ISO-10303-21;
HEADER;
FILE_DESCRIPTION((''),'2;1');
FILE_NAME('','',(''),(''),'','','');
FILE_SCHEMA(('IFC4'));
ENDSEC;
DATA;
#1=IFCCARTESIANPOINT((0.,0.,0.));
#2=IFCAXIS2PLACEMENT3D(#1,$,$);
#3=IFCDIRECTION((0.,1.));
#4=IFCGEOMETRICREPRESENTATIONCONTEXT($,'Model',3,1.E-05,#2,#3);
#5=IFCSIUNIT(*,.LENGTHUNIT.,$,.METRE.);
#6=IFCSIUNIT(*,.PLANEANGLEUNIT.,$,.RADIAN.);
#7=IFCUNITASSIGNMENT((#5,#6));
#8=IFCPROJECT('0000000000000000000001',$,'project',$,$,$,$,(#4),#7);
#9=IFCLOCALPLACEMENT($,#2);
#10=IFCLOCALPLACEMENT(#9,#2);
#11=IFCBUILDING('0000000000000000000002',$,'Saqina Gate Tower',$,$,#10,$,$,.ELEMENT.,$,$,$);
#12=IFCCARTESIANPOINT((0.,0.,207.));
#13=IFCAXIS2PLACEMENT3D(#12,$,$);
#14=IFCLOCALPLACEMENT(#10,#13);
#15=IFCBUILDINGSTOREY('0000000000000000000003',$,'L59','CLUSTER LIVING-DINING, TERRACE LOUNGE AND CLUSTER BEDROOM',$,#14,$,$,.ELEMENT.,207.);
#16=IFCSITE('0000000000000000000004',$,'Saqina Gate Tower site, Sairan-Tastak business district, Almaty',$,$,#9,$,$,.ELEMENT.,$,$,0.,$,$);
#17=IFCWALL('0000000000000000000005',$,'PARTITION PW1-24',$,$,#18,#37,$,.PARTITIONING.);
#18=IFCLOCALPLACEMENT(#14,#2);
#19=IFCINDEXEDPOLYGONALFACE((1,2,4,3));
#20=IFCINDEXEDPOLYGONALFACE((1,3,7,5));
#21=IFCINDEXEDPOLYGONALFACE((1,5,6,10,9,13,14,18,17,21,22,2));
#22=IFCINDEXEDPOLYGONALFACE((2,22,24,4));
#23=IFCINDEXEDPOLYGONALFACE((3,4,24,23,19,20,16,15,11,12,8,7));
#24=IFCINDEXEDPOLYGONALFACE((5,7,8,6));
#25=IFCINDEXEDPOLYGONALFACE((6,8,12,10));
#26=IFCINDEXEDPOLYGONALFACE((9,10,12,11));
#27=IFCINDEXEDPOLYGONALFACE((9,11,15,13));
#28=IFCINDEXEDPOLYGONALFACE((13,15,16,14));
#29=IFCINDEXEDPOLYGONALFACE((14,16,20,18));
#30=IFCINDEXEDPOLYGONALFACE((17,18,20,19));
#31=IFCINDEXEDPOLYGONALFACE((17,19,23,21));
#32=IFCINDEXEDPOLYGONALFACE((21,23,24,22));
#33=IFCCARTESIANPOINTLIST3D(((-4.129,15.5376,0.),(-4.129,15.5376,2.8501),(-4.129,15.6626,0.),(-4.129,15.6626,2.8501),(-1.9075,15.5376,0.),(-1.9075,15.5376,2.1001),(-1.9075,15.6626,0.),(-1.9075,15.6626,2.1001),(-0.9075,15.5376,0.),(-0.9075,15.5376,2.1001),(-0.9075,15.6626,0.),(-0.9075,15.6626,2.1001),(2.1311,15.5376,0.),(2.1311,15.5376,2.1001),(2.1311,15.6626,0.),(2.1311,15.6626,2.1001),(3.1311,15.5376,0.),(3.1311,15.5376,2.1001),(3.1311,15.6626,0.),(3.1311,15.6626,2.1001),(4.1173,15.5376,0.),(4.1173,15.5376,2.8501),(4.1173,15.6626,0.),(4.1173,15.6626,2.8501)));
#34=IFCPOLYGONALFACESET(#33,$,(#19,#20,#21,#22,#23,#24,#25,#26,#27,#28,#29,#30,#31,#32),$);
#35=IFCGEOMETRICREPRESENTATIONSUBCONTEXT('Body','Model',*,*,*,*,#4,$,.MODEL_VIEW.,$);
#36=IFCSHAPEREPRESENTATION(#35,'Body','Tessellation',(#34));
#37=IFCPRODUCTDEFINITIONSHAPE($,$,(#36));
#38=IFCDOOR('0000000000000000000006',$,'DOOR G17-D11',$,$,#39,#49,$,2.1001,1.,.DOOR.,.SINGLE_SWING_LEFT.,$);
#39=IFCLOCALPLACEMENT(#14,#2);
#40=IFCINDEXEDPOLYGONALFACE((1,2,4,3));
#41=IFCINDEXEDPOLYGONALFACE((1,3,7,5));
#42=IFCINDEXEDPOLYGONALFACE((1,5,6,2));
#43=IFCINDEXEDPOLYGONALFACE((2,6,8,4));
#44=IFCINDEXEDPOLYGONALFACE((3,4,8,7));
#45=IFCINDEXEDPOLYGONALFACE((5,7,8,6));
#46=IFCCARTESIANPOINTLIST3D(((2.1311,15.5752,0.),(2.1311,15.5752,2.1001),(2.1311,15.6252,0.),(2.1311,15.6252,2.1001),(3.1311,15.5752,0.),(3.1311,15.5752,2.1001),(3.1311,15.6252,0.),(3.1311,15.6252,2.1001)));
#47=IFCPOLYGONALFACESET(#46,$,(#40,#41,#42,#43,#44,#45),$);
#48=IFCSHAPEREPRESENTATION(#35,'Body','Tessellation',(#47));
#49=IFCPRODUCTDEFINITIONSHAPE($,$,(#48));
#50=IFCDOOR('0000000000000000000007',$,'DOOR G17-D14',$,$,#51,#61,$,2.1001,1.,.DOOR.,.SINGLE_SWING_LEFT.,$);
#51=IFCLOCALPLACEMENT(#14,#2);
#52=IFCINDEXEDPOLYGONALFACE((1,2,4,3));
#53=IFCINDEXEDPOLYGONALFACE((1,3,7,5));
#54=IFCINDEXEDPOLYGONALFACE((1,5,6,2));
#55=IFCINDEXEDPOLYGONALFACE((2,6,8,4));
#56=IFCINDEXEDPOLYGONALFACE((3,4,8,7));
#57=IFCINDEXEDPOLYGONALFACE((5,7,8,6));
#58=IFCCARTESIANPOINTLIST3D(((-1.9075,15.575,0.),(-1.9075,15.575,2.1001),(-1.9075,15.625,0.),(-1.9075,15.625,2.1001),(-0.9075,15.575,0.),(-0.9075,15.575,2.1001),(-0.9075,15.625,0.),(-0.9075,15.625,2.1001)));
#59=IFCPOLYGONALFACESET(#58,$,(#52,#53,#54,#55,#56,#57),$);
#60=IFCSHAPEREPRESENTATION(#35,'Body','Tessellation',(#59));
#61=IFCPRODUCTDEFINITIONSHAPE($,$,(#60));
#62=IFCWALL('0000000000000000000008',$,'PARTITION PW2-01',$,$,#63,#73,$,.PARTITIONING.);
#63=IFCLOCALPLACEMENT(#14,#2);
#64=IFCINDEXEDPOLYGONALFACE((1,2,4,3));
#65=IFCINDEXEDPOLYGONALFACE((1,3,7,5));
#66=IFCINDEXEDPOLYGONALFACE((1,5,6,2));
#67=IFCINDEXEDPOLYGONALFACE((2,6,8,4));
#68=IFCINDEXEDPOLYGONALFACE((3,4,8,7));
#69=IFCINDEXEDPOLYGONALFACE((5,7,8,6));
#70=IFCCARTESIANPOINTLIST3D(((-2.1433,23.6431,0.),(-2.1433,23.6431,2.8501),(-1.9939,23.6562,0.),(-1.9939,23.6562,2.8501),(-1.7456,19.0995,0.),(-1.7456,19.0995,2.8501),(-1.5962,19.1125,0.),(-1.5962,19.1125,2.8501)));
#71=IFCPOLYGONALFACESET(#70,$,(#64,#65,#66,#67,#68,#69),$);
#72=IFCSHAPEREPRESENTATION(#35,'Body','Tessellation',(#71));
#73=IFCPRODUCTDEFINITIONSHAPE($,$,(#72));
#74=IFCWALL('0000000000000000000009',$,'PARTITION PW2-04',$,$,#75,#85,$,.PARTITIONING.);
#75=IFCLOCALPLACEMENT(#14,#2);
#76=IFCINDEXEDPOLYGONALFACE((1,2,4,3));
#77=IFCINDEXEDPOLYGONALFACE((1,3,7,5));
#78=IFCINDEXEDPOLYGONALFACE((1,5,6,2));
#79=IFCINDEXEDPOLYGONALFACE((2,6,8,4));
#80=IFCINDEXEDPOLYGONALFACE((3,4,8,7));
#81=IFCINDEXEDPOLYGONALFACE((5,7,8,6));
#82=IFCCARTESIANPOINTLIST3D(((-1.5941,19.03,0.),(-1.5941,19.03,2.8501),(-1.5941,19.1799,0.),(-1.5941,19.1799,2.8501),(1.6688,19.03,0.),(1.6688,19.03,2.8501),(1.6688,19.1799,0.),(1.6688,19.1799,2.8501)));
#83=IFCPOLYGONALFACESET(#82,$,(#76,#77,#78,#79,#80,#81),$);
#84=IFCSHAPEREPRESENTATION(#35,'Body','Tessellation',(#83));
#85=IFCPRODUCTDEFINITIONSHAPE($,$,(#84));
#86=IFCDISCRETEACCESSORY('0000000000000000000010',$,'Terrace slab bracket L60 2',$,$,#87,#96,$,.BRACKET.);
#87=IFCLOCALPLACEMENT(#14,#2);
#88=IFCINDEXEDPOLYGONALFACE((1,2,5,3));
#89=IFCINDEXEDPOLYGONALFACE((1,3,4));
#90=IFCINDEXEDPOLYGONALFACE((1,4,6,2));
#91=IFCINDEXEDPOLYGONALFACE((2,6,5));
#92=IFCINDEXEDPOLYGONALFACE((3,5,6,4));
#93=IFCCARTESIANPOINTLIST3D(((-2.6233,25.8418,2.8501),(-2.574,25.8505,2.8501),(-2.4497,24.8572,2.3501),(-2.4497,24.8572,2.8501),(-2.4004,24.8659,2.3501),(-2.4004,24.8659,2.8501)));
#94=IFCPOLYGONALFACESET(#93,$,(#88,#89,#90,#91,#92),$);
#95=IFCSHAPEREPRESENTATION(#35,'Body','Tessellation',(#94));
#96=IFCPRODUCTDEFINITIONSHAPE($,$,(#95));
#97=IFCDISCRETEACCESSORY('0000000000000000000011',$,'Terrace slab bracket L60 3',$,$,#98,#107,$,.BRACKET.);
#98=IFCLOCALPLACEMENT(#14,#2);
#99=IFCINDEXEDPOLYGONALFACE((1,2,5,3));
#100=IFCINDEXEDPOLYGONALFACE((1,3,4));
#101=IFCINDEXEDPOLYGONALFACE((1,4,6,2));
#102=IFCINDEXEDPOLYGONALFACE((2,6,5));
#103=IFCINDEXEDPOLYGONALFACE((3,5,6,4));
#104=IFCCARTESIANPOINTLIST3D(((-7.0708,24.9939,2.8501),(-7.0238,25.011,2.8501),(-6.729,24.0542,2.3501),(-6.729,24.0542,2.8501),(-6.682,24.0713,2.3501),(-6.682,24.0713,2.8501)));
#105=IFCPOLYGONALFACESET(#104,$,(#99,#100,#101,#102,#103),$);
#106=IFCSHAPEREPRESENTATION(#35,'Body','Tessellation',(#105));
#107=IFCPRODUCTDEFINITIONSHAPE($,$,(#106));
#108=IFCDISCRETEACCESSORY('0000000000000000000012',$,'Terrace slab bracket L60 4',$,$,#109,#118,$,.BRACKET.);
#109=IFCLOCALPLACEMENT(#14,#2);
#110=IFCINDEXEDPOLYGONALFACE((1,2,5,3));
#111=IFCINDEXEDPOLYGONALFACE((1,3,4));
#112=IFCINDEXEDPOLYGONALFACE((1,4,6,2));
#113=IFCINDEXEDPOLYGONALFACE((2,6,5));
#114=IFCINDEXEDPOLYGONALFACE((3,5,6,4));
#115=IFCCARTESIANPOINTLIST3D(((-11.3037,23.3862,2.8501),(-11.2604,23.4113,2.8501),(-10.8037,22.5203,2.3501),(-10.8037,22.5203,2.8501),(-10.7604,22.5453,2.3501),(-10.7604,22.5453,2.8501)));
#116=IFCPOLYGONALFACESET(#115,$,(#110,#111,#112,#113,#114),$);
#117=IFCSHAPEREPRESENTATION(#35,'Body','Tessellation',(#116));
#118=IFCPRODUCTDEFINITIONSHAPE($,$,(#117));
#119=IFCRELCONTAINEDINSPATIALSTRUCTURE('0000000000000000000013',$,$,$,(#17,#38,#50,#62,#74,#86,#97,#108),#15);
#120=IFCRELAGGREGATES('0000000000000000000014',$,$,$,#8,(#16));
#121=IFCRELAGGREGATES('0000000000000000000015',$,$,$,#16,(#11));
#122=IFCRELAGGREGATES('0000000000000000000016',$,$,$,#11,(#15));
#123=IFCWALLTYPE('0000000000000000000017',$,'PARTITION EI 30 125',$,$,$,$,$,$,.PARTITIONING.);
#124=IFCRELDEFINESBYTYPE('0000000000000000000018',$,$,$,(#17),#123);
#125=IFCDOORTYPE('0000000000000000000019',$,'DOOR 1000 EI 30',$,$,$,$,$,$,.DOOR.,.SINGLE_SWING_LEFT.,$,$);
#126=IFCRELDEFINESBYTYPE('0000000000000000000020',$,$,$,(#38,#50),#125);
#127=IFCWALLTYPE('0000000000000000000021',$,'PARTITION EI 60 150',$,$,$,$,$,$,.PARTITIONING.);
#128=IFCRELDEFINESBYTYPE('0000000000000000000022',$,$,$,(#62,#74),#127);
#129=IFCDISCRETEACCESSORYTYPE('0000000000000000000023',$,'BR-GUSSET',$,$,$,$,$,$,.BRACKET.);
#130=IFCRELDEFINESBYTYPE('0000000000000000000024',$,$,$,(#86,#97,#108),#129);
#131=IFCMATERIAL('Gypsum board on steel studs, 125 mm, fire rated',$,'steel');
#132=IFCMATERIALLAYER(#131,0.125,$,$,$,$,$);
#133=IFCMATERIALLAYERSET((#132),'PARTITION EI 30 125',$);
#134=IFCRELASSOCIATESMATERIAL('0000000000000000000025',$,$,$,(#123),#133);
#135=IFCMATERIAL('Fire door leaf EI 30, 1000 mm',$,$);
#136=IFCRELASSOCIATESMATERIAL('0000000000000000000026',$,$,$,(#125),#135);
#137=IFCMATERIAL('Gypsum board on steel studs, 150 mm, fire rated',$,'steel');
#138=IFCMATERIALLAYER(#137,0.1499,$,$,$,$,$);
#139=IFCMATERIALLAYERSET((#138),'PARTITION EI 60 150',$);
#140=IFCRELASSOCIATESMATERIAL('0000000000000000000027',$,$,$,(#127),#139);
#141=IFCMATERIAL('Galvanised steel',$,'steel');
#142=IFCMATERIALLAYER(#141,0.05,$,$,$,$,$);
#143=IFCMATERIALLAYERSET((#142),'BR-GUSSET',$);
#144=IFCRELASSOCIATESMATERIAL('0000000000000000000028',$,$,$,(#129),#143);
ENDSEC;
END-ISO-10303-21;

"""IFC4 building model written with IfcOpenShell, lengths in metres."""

from ifc_helpers import new_model, si_unit, direction, frame, frame_2d, origin, place, context, subcontext, project, spatial, polyline, rectangle, outline, extrude, material, layer, layer_set, type_object, element, fill, save


model = new_model("IFC4")

# Units and contexts
model_context = context("Model", 3, precision=1e-05, world=origin(), true_north=direction((0.0, 1.0)))
body_context = subcontext(model_context, "Body", "Model", "MODEL_VIEW")
ifc_project = project(units=[si_unit("LENGTHUNIT", "METRE"), si_unit("PLANEANGLEUNIT", "RADIAN")], contexts=[model_context])

# Site, building, storey
site_placement = place(None, origin())
site = spatial("IfcSite", under=ifc_project, at=site_placement, Name="Saqina Gate Tower site, Sairan-Tastak business district, Almaty", CompositionType="ELEMENT", RefElevation=0.0)
building_placement = place(site_placement, origin())
building = spatial("IfcBuilding", under=site, at=building_placement, Name="Saqina Gate Tower", CompositionType="ELEMENT")
storey_placement = place(building_placement, frame((0.0, 0.0, 207.0)))
storey = spatial("IfcBuildingStorey", under=building, at=storey_placement, Name="L59", Description="CLUSTER LIVING-DINING, TERRACE LOUNGE AND CLUSTER BEDROOM", CompositionType="ELEMENT", Elevation=207.0)

# Shared definitions
ifc_material_1 = material(Name="Gypsum board on steel studs, 125 mm, fire rated", Category="steel")
ifc_layer_1 = layer(ifc_material_1, 0.125)
ifc_layer_set_1 = layer_set([ifc_layer_1], Name="PARTITION EI 30 125")
wall_type_1 = type_object("IfcWallType", Name="PARTITION EI 30 125", PredefinedType="PARTITIONING", material=ifc_layer_set_1)

# Wall, openings, doors
wall_1_placement = place(storey_placement, frame((-4.1289, 15.6001, 0.0), z_axis=(0.0, 0.0, 1.0), x_axis=(1.0, 0.0, 0.0)))
wall_1 = element("IfcWall", 1, at=wall_1_placement, inside=storey, type_object=wall_type_1, Name="PARTITION PW1-24", PredefinedType="PARTITIONING", context=body_context, shape_type="SweptSolid", body=[
    extrude(rectangle(XDim=8.2463, YDim=0.125, at=frame_2d((4.123, 0.0))), origin(), (0.0, 0.0, 1.0), 2.8501),
])
opening_1_placement = place(wall_1_placement, frame((6.26, 0.0, 0.0)))
opening_1 = element("IfcOpeningElement", 2, at=opening_1_placement, cuts=wall_1, PredefinedType="OPENING", context=body_context, shape_type="SweptSolid", body=[
    extrude(rectangle(XDim=1.0, YDim=2.1001, at=frame_2d((0.5, 1.05))), frame((0.0, 0.0745, 0.0), z_axis=(0.0, -1.0, 0.0), x_axis=(1.0, 0.0, 0.0)), (0.0, 0.0, 1.0), 0.1489),
])
opening_2_placement = place(wall_1_placement, frame((2.2214, 0.0, 0.0)))
opening_2 = element("IfcOpeningElement", 3, at=opening_2_placement, cuts=wall_1, PredefinedType="OPENING", context=body_context, shape_type="SweptSolid", body=[
    extrude(rectangle(XDim=1.0, YDim=2.1001, at=frame_2d((0.5, 1.05))), frame((0.0, 0.0745, 0.0), z_axis=(0.0, -1.0, 0.0), x_axis=(1.0, 0.0, 0.0)), (0.0, 0.0, 1.0), 0.1489),
])
ifc_material_2 = material(Name="Fire door leaf EI 30, 1000 mm")
door_type_1 = type_object("IfcDoorType", Name="DOOR 1000 EI 30", OperationType="SINGLE_SWING_LEFT", PredefinedType="DOOR", material=ifc_material_2)
door_1_placement = place(opening_1_placement, frame((1.0, 0.0, 0.0), z_axis=(0.0, 0.0, 1.0), x_axis=(-1.0, 0.0, 0.0)))
door_1 = element("IfcDoor", 4, at=door_1_placement, inside=storey, type_object=door_type_1, Name="DOOR G17-D11", OperationType="SINGLE_SWING_LEFT", OverallHeight=2.1001, OverallWidth=1.0, PredefinedType="DOOR", context=body_context, shape_type="SweptSolid", body=[
    extrude(rectangle(XDim=1.0, YDim=2.1001, at=frame_2d((0.5, 1.05))), frame((0.0, 0.0249, 0.0), z_axis=(0.0, -1.0, 0.0), x_axis=(1.0, 0.0, 0.0)), (0.0, 0.0, 1.0), 0.05),
])
fill(opening_1, door_1)
door_2_placement = place(opening_2_placement, origin())
door_2 = element("IfcDoor", 5, at=door_2_placement, inside=storey, type_object=door_type_1, Name="DOOR G17-D14", OperationType="SINGLE_SWING_LEFT", OverallHeight=2.1001, OverallWidth=1.0, PredefinedType="DOOR", context=body_context, shape_type="SweptSolid", body=[
    extrude(rectangle(XDim=1.0, YDim=2.1001, at=frame_2d((0.5, 1.05))), frame((0.0, 0.0249, 0.0), z_axis=(0.0, -1.0, 0.0), x_axis=(1.0, 0.0, 0.0)), (0.0, 0.0, 1.0), 0.05),
])
fill(opening_2, door_2)

# Walls
ifc_material_3 = material(Name="Gypsum board on steel studs, 150 mm, fire rated", Category="steel")
ifc_layer_2 = layer(ifc_material_3, 0.1499)
ifc_layer_set_2 = layer_set([ifc_layer_2], Name="PARTITION EI 60 150")
wall_type_2 = type_object("IfcWallType", Name="PARTITION EI 60 150", PredefinedType="PARTITIONING", material=ifc_layer_set_2)
wall_2_placement = place(storey_placement, frame((-2.0686, 23.6497, 0.0), z_axis=(0.0, 0.0, 1.0), x_axis=(0.087196, -0.996191, 0.0)))
element("IfcWall", 6, at=wall_2_placement, inside=storey, type_object=wall_type_2, Name="PARTITION PW2-01", PredefinedType="PARTITIONING", context=body_context, shape_type="SweptSolid", body=[
    extrude(rectangle(XDim=4.561, YDim=0.1499, at=frame_2d((2.2805, 0.0))), origin(), (0.0, 0.0, 1.0), 2.8501),
])
wall_3_placement = place(storey_placement, frame((-1.594, 19.105, 0.0), z_axis=(0.0, 0.0, 1.0), x_axis=(1.0, 0.0, 0.0)))
element("IfcWall", 7, at=wall_3_placement, inside=storey, type_object=wall_type_2, Name="PARTITION PW2-04", PredefinedType="PARTITIONING", context=body_context, shape_type="SweptSolid", body=[
    extrude(rectangle(XDim=3.2629, YDim=0.1499, at=frame_2d((1.6313, 0.0))), origin(), (0.0, 0.0, 1.0), 2.8501),
])

# Discrete accessories
ifc_material_4 = material(Name="Galvanised steel", Category="steel")
ifc_layer_3 = layer(ifc_material_4, 0.05)
ifc_layer_set_3 = layer_set([ifc_layer_3], Name="BR-GUSSET")
discrete_accessory_type = type_object("IfcDiscreteAccessoryType", Name="BR-GUSSET", PredefinedType="BRACKET", material=ifc_layer_set_3)
discrete_accessory_1_placement = place(storey_placement, frame((-2.4497, 24.8572, 2.3501), z_axis=(-0.984813, -0.173618, 0.0), x_axis=(0.0, 0.0, 1.0)))
element("IfcDiscreteAccessory", 8, at=discrete_accessory_1_placement, inside=storey, type_object=discrete_accessory_type, Name="Terrace slab bracket L60 2", PredefinedType="BRACKET", context=body_context, shape_type="SweptSolid", body=[
    extrude(outline(polyline([(0.0, 0.0), (0.5, 0.0), (0.5, 0.9998), (0.0, 0.0)])), origin(), (0.0, 0.0, -1.0), 0.05),
])
discrete_accessory_2_placement = place(storey_placement, frame((-6.729, 24.0542, 2.3501), z_axis=(-0.939765, -0.341821, 0.0), x_axis=(0.0, 0.0, 1.0)))
element("IfcDiscreteAccessory", 9, at=discrete_accessory_2_placement, inside=storey, type_object=discrete_accessory_type, Name="Terrace slab bracket L60 3", PredefinedType="BRACKET", context=body_context, shape_type="SweptSolid", body=[
    extrude(outline(polyline([(0.0, 0.0), (0.5, 0.0), (0.5, 0.9999), (0.0, 0.0)])), origin(), (0.0, 0.0, -1.0), 0.05),
])
discrete_accessory_3_placement = place(storey_placement, frame((-10.8037, 22.5203, 2.3501), z_axis=(-0.866011, -0.500025, 0.0), x_axis=(0.0, 0.0, 1.0)))
element("IfcDiscreteAccessory", 10, at=discrete_accessory_3_placement, inside=storey, type_object=discrete_accessory_type, Name="Terrace slab bracket L60 4", PredefinedType="BRACKET", context=body_context, shape_type="SweptSolid", body=[
    extrude(outline(polyline([(0.0, 0.0), (0.5, 0.0), (0.5, 0.9999), (0.0, 0.0)])), origin(), (0.0, 0.0, -1.0), 0.05),
])

save(model, "model.ifc")
